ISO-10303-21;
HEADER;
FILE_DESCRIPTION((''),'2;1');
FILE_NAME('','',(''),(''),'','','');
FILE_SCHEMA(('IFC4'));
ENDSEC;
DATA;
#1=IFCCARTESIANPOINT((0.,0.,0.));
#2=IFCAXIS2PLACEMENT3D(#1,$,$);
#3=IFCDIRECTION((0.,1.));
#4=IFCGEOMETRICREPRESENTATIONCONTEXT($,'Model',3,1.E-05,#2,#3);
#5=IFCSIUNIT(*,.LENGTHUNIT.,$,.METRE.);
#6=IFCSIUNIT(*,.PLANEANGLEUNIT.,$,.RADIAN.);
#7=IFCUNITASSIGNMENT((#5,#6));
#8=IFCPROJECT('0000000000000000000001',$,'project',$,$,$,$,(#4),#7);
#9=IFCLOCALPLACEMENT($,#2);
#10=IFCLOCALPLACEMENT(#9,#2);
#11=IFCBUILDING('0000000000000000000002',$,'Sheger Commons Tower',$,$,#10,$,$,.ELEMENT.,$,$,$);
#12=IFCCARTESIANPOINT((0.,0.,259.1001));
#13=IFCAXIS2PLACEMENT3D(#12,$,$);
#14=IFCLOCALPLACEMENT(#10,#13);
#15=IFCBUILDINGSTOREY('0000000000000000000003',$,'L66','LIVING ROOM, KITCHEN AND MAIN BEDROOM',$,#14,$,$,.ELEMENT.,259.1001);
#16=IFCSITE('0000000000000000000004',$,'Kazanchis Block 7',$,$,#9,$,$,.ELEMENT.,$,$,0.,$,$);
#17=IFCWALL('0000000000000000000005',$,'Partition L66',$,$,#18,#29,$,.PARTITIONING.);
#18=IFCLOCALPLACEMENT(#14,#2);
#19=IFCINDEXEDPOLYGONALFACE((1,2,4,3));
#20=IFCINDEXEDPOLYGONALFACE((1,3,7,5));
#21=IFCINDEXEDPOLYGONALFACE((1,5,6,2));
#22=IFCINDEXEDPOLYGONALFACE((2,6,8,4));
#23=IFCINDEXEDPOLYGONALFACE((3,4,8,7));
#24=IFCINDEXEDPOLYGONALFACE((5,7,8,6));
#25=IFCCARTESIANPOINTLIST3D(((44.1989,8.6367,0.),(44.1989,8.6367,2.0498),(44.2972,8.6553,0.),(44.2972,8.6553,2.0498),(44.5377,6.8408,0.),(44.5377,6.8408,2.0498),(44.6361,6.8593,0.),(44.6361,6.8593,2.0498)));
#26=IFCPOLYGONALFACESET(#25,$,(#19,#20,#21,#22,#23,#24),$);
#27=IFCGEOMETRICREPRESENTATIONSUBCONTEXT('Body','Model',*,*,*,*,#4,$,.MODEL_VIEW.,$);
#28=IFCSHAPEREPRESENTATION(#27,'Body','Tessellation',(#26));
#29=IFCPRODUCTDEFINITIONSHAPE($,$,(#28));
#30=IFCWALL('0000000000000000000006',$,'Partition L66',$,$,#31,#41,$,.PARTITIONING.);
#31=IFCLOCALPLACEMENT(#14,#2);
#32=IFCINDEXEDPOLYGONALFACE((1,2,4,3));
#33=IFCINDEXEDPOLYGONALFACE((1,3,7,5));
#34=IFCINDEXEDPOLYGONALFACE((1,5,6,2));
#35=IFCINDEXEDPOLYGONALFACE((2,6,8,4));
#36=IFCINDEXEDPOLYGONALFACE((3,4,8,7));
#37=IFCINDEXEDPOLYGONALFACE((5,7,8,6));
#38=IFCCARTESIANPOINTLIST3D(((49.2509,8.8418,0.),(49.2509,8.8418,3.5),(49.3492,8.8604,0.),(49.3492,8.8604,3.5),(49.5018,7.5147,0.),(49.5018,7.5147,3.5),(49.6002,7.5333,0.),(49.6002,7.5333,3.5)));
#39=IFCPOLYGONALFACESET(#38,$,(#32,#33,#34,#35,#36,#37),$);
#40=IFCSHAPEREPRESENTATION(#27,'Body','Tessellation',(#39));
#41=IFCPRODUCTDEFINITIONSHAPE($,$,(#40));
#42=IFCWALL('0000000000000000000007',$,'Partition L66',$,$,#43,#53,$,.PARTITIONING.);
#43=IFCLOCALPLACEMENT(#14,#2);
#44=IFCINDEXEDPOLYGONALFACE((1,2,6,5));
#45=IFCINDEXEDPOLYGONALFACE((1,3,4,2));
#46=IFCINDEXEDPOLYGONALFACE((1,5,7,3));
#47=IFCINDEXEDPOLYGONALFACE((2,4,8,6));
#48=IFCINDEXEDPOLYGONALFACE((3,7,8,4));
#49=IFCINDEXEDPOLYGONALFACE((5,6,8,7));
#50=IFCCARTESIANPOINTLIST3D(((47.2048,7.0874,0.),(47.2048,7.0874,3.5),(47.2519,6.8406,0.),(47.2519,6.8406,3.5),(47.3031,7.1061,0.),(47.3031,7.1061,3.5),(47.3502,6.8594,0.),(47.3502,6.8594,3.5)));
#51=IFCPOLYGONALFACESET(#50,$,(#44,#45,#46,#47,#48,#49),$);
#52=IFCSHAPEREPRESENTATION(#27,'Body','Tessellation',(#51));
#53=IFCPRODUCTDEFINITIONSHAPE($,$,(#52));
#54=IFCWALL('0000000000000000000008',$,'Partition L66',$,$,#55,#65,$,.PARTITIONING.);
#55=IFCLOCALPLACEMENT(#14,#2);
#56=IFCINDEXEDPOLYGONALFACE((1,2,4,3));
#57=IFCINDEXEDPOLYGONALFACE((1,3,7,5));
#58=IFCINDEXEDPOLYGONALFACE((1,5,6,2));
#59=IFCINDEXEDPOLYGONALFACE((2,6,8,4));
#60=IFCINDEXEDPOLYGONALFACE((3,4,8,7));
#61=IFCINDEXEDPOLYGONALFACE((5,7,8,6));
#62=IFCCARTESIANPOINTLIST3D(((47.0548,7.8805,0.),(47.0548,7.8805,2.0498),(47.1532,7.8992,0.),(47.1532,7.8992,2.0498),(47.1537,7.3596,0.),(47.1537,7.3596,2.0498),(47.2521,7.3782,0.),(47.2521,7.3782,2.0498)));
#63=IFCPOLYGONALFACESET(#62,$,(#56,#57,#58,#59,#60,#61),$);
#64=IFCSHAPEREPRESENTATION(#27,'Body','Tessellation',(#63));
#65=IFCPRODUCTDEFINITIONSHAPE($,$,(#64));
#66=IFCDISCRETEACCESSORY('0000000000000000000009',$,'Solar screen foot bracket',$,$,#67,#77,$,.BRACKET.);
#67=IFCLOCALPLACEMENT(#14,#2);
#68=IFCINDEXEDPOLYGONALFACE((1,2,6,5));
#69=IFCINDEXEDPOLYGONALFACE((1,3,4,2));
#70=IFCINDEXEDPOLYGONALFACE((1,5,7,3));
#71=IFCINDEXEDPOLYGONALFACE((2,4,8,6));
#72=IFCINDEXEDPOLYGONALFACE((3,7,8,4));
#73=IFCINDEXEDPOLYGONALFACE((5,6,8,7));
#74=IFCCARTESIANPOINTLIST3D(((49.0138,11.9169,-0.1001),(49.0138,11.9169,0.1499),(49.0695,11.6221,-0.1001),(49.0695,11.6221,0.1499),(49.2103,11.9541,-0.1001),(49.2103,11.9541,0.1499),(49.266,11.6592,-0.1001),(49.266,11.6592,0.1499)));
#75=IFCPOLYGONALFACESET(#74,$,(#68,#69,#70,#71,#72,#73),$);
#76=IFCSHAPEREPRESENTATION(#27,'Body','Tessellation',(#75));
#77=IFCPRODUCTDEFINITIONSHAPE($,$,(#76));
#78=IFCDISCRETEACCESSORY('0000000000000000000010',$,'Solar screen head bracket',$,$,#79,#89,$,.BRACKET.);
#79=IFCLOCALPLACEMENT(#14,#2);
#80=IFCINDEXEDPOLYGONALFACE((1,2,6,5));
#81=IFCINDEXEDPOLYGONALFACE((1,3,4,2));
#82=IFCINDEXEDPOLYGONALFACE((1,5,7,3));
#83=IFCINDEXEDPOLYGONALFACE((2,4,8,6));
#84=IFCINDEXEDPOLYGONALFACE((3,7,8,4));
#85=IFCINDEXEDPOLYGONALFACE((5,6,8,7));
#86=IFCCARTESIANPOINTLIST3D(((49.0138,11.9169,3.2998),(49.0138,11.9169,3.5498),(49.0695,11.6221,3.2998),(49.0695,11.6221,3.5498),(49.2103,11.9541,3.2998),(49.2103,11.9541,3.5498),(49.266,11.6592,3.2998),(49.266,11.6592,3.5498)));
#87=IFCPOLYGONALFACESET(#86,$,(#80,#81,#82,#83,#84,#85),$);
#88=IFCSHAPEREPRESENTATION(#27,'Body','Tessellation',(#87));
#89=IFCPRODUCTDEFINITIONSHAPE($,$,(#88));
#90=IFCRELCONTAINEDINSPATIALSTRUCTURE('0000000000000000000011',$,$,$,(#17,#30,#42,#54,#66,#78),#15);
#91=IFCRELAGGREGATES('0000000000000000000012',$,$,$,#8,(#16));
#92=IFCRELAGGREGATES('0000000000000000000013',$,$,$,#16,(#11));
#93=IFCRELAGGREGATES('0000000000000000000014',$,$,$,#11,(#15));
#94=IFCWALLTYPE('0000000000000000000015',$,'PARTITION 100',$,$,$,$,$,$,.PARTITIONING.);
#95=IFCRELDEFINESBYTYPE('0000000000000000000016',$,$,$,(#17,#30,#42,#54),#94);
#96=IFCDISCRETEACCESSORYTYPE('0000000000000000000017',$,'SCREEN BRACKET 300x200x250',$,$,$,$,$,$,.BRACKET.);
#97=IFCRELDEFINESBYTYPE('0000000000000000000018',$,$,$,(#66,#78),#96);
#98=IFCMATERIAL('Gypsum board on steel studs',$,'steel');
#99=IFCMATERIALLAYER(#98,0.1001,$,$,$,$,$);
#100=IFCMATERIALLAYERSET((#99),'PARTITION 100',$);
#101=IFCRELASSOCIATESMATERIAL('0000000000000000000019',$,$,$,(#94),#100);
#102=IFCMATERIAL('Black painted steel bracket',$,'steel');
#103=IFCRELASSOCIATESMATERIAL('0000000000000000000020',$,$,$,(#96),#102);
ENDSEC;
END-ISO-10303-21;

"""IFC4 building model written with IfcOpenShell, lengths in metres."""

from ifc_helpers import new_model, si_unit, direction, frame, frame_2d, origin, origin_2d, place, context, subcontext, project, spatial, rectangle, extrude, material, layer, layer_set, type_object, element, save


model = new_model("IFC4")

# Units and contexts
model_context = context("Model", 3, precision=1e-05, world=origin(), true_north=direction((0.0, 1.0)))
body_context = subcontext(model_context, "Body", "Model", "MODEL_VIEW")
ifc_project = project(units=[si_unit("LENGTHUNIT", "METRE"), si_unit("PLANEANGLEUNIT", "RADIAN")], contexts=[model_context])

# Site, building, storey
site_placement = place(None, origin())
site = spatial("IfcSite", under=ifc_project, at=site_placement, Name="Kazanchis Block 7", CompositionType="ELEMENT", RefElevation=0.0)
building_placement = place(site_placement, origin())
building = spatial("IfcBuilding", under=site, at=building_placement, Name="Sheger Commons Tower", CompositionType="ELEMENT")
storey_placement = place(building_placement, frame((0.0, 0.0, 259.1001)))
storey = spatial("IfcBuildingStorey", under=building, at=storey_placement, Name="L66", Description="LIVING ROOM, KITCHEN AND MAIN BEDROOM", CompositionType="ELEMENT", Elevation=259.1001)

# Walls
ifc_material_1 = material(Name="Gypsum board on steel studs", Category="steel")
ifc_layer_1 = layer(ifc_material_1, 0.1001)
ifc_layer_set_1 = layer_set([ifc_layer_1], Name="PARTITION 100")
wall_type_1 = type_object("IfcWallType", Name="PARTITION 100", PredefinedType="PARTITIONING", material=ifc_layer_set_1)
wall_1_placement = place(storey_placement, frame((44.248, 8.646, 0.0), z_axis=(0.0, 0.0, 1.0), x_axis=(0.185418, -0.98266, 0.0)))
element("IfcWall", 1, at=wall_1_placement, inside=storey, type_object=wall_type_1, Name="Partition L66", PredefinedType="PARTITIONING", context=body_context, shape_type="SweptSolid", body=[
    extrude(rectangle(XDim=1.8276, YDim=0.1001, at=frame_2d((0.9138, 0.0))), origin(), (0.0, 0.0, 1.0), 2.0498),
])
wall_2_placement = place(storey_placement, frame((49.3, 8.8511, 0.0), z_axis=(0.0, 0.0, 1.0), x_axis=(0.185816, -0.982585, 0.0)))
element("IfcWall", 2, at=wall_2_placement, inside=storey, type_object=wall_type_1, Name="Partition L66", PredefinedType="PARTITIONING", context=body_context, shape_type="SweptSolid", body=[
    extrude(rectangle(XDim=1.3506, YDim=0.1001, at=frame_2d((0.6753, 0.0))), origin(), (0.0, 0.0, 1.0), 3.5),
])
wall_3_placement = place(storey_placement, frame((47.301, 6.8501, 0.0), z_axis=(0.0, 0.0, 1.0), x_axis=(-0.187514, 0.982262, 0.0)))
element("IfcWall", 3, at=wall_3_placement, inside=storey, type_object=wall_type_1, Name="Partition L66", PredefinedType="PARTITIONING", context=body_context, shape_type="SweptSolid", body=[
    extrude(rectangle(XDim=0.2512, YDim=0.1001, at=frame_2d((0.1255, 0.0))), origin(), (0.0, 0.0, 1.0), 3.5),
])
wall_4_placement = place(storey_placement, frame((47.2029, 7.3689, 0.0), z_axis=(0.0, 0.0, 1.0), x_axis=(-0.186456, 0.982463, 0.0)))
element("IfcWall", 4, at=wall_4_placement, inside=storey, type_object=wall_type_1, Name="Partition L66", PredefinedType="PARTITIONING", context=body_context, shape_type="SweptSolid", body=[
    extrude(rectangle(XDim=0.5303, YDim=0.1001, at=frame_2d((0.2651, 0.0))), origin(), (0.0, 0.0, 1.0), 2.0498),
])

# Discrete accessories
ifc_material_2 = material(Name="Black painted steel bracket", Category="steel")
discrete_accessory_type = type_object("IfcDiscreteAccessoryType", Name="SCREEN BRACKET 300x200x250", PredefinedType="BRACKET", material=ifc_material_2)
for number, where, z_axis, x_axis, name in (
    (5, (49.1399, 11.7881, -0.1001), (0.0, 0.0, 1.0), (-0.185615, 0.982623, 0.0), "Solar screen foot bracket"),
    (6, (49.1399, 11.7881, 3.2998), (0.0, 0.0, 1.0), (-0.185615, 0.982623, 0.0), "Solar screen head bracket"),
):
    element("IfcDiscreteAccessory", number, at=place(storey_placement, frame(where, z_axis=z_axis, x_axis=x_axis)), inside=storey, type_object=discrete_accessory_type, Name=name, PredefinedType="BRACKET", context=body_context, shape_type="SweptSolid", body=[
        extrude(rectangle(XDim=0.3, YDim=0.2, at=origin_2d()), origin(), (0.0, 0.0, 1.0), 0.25),
    ])

save(model, "model.ifc")
